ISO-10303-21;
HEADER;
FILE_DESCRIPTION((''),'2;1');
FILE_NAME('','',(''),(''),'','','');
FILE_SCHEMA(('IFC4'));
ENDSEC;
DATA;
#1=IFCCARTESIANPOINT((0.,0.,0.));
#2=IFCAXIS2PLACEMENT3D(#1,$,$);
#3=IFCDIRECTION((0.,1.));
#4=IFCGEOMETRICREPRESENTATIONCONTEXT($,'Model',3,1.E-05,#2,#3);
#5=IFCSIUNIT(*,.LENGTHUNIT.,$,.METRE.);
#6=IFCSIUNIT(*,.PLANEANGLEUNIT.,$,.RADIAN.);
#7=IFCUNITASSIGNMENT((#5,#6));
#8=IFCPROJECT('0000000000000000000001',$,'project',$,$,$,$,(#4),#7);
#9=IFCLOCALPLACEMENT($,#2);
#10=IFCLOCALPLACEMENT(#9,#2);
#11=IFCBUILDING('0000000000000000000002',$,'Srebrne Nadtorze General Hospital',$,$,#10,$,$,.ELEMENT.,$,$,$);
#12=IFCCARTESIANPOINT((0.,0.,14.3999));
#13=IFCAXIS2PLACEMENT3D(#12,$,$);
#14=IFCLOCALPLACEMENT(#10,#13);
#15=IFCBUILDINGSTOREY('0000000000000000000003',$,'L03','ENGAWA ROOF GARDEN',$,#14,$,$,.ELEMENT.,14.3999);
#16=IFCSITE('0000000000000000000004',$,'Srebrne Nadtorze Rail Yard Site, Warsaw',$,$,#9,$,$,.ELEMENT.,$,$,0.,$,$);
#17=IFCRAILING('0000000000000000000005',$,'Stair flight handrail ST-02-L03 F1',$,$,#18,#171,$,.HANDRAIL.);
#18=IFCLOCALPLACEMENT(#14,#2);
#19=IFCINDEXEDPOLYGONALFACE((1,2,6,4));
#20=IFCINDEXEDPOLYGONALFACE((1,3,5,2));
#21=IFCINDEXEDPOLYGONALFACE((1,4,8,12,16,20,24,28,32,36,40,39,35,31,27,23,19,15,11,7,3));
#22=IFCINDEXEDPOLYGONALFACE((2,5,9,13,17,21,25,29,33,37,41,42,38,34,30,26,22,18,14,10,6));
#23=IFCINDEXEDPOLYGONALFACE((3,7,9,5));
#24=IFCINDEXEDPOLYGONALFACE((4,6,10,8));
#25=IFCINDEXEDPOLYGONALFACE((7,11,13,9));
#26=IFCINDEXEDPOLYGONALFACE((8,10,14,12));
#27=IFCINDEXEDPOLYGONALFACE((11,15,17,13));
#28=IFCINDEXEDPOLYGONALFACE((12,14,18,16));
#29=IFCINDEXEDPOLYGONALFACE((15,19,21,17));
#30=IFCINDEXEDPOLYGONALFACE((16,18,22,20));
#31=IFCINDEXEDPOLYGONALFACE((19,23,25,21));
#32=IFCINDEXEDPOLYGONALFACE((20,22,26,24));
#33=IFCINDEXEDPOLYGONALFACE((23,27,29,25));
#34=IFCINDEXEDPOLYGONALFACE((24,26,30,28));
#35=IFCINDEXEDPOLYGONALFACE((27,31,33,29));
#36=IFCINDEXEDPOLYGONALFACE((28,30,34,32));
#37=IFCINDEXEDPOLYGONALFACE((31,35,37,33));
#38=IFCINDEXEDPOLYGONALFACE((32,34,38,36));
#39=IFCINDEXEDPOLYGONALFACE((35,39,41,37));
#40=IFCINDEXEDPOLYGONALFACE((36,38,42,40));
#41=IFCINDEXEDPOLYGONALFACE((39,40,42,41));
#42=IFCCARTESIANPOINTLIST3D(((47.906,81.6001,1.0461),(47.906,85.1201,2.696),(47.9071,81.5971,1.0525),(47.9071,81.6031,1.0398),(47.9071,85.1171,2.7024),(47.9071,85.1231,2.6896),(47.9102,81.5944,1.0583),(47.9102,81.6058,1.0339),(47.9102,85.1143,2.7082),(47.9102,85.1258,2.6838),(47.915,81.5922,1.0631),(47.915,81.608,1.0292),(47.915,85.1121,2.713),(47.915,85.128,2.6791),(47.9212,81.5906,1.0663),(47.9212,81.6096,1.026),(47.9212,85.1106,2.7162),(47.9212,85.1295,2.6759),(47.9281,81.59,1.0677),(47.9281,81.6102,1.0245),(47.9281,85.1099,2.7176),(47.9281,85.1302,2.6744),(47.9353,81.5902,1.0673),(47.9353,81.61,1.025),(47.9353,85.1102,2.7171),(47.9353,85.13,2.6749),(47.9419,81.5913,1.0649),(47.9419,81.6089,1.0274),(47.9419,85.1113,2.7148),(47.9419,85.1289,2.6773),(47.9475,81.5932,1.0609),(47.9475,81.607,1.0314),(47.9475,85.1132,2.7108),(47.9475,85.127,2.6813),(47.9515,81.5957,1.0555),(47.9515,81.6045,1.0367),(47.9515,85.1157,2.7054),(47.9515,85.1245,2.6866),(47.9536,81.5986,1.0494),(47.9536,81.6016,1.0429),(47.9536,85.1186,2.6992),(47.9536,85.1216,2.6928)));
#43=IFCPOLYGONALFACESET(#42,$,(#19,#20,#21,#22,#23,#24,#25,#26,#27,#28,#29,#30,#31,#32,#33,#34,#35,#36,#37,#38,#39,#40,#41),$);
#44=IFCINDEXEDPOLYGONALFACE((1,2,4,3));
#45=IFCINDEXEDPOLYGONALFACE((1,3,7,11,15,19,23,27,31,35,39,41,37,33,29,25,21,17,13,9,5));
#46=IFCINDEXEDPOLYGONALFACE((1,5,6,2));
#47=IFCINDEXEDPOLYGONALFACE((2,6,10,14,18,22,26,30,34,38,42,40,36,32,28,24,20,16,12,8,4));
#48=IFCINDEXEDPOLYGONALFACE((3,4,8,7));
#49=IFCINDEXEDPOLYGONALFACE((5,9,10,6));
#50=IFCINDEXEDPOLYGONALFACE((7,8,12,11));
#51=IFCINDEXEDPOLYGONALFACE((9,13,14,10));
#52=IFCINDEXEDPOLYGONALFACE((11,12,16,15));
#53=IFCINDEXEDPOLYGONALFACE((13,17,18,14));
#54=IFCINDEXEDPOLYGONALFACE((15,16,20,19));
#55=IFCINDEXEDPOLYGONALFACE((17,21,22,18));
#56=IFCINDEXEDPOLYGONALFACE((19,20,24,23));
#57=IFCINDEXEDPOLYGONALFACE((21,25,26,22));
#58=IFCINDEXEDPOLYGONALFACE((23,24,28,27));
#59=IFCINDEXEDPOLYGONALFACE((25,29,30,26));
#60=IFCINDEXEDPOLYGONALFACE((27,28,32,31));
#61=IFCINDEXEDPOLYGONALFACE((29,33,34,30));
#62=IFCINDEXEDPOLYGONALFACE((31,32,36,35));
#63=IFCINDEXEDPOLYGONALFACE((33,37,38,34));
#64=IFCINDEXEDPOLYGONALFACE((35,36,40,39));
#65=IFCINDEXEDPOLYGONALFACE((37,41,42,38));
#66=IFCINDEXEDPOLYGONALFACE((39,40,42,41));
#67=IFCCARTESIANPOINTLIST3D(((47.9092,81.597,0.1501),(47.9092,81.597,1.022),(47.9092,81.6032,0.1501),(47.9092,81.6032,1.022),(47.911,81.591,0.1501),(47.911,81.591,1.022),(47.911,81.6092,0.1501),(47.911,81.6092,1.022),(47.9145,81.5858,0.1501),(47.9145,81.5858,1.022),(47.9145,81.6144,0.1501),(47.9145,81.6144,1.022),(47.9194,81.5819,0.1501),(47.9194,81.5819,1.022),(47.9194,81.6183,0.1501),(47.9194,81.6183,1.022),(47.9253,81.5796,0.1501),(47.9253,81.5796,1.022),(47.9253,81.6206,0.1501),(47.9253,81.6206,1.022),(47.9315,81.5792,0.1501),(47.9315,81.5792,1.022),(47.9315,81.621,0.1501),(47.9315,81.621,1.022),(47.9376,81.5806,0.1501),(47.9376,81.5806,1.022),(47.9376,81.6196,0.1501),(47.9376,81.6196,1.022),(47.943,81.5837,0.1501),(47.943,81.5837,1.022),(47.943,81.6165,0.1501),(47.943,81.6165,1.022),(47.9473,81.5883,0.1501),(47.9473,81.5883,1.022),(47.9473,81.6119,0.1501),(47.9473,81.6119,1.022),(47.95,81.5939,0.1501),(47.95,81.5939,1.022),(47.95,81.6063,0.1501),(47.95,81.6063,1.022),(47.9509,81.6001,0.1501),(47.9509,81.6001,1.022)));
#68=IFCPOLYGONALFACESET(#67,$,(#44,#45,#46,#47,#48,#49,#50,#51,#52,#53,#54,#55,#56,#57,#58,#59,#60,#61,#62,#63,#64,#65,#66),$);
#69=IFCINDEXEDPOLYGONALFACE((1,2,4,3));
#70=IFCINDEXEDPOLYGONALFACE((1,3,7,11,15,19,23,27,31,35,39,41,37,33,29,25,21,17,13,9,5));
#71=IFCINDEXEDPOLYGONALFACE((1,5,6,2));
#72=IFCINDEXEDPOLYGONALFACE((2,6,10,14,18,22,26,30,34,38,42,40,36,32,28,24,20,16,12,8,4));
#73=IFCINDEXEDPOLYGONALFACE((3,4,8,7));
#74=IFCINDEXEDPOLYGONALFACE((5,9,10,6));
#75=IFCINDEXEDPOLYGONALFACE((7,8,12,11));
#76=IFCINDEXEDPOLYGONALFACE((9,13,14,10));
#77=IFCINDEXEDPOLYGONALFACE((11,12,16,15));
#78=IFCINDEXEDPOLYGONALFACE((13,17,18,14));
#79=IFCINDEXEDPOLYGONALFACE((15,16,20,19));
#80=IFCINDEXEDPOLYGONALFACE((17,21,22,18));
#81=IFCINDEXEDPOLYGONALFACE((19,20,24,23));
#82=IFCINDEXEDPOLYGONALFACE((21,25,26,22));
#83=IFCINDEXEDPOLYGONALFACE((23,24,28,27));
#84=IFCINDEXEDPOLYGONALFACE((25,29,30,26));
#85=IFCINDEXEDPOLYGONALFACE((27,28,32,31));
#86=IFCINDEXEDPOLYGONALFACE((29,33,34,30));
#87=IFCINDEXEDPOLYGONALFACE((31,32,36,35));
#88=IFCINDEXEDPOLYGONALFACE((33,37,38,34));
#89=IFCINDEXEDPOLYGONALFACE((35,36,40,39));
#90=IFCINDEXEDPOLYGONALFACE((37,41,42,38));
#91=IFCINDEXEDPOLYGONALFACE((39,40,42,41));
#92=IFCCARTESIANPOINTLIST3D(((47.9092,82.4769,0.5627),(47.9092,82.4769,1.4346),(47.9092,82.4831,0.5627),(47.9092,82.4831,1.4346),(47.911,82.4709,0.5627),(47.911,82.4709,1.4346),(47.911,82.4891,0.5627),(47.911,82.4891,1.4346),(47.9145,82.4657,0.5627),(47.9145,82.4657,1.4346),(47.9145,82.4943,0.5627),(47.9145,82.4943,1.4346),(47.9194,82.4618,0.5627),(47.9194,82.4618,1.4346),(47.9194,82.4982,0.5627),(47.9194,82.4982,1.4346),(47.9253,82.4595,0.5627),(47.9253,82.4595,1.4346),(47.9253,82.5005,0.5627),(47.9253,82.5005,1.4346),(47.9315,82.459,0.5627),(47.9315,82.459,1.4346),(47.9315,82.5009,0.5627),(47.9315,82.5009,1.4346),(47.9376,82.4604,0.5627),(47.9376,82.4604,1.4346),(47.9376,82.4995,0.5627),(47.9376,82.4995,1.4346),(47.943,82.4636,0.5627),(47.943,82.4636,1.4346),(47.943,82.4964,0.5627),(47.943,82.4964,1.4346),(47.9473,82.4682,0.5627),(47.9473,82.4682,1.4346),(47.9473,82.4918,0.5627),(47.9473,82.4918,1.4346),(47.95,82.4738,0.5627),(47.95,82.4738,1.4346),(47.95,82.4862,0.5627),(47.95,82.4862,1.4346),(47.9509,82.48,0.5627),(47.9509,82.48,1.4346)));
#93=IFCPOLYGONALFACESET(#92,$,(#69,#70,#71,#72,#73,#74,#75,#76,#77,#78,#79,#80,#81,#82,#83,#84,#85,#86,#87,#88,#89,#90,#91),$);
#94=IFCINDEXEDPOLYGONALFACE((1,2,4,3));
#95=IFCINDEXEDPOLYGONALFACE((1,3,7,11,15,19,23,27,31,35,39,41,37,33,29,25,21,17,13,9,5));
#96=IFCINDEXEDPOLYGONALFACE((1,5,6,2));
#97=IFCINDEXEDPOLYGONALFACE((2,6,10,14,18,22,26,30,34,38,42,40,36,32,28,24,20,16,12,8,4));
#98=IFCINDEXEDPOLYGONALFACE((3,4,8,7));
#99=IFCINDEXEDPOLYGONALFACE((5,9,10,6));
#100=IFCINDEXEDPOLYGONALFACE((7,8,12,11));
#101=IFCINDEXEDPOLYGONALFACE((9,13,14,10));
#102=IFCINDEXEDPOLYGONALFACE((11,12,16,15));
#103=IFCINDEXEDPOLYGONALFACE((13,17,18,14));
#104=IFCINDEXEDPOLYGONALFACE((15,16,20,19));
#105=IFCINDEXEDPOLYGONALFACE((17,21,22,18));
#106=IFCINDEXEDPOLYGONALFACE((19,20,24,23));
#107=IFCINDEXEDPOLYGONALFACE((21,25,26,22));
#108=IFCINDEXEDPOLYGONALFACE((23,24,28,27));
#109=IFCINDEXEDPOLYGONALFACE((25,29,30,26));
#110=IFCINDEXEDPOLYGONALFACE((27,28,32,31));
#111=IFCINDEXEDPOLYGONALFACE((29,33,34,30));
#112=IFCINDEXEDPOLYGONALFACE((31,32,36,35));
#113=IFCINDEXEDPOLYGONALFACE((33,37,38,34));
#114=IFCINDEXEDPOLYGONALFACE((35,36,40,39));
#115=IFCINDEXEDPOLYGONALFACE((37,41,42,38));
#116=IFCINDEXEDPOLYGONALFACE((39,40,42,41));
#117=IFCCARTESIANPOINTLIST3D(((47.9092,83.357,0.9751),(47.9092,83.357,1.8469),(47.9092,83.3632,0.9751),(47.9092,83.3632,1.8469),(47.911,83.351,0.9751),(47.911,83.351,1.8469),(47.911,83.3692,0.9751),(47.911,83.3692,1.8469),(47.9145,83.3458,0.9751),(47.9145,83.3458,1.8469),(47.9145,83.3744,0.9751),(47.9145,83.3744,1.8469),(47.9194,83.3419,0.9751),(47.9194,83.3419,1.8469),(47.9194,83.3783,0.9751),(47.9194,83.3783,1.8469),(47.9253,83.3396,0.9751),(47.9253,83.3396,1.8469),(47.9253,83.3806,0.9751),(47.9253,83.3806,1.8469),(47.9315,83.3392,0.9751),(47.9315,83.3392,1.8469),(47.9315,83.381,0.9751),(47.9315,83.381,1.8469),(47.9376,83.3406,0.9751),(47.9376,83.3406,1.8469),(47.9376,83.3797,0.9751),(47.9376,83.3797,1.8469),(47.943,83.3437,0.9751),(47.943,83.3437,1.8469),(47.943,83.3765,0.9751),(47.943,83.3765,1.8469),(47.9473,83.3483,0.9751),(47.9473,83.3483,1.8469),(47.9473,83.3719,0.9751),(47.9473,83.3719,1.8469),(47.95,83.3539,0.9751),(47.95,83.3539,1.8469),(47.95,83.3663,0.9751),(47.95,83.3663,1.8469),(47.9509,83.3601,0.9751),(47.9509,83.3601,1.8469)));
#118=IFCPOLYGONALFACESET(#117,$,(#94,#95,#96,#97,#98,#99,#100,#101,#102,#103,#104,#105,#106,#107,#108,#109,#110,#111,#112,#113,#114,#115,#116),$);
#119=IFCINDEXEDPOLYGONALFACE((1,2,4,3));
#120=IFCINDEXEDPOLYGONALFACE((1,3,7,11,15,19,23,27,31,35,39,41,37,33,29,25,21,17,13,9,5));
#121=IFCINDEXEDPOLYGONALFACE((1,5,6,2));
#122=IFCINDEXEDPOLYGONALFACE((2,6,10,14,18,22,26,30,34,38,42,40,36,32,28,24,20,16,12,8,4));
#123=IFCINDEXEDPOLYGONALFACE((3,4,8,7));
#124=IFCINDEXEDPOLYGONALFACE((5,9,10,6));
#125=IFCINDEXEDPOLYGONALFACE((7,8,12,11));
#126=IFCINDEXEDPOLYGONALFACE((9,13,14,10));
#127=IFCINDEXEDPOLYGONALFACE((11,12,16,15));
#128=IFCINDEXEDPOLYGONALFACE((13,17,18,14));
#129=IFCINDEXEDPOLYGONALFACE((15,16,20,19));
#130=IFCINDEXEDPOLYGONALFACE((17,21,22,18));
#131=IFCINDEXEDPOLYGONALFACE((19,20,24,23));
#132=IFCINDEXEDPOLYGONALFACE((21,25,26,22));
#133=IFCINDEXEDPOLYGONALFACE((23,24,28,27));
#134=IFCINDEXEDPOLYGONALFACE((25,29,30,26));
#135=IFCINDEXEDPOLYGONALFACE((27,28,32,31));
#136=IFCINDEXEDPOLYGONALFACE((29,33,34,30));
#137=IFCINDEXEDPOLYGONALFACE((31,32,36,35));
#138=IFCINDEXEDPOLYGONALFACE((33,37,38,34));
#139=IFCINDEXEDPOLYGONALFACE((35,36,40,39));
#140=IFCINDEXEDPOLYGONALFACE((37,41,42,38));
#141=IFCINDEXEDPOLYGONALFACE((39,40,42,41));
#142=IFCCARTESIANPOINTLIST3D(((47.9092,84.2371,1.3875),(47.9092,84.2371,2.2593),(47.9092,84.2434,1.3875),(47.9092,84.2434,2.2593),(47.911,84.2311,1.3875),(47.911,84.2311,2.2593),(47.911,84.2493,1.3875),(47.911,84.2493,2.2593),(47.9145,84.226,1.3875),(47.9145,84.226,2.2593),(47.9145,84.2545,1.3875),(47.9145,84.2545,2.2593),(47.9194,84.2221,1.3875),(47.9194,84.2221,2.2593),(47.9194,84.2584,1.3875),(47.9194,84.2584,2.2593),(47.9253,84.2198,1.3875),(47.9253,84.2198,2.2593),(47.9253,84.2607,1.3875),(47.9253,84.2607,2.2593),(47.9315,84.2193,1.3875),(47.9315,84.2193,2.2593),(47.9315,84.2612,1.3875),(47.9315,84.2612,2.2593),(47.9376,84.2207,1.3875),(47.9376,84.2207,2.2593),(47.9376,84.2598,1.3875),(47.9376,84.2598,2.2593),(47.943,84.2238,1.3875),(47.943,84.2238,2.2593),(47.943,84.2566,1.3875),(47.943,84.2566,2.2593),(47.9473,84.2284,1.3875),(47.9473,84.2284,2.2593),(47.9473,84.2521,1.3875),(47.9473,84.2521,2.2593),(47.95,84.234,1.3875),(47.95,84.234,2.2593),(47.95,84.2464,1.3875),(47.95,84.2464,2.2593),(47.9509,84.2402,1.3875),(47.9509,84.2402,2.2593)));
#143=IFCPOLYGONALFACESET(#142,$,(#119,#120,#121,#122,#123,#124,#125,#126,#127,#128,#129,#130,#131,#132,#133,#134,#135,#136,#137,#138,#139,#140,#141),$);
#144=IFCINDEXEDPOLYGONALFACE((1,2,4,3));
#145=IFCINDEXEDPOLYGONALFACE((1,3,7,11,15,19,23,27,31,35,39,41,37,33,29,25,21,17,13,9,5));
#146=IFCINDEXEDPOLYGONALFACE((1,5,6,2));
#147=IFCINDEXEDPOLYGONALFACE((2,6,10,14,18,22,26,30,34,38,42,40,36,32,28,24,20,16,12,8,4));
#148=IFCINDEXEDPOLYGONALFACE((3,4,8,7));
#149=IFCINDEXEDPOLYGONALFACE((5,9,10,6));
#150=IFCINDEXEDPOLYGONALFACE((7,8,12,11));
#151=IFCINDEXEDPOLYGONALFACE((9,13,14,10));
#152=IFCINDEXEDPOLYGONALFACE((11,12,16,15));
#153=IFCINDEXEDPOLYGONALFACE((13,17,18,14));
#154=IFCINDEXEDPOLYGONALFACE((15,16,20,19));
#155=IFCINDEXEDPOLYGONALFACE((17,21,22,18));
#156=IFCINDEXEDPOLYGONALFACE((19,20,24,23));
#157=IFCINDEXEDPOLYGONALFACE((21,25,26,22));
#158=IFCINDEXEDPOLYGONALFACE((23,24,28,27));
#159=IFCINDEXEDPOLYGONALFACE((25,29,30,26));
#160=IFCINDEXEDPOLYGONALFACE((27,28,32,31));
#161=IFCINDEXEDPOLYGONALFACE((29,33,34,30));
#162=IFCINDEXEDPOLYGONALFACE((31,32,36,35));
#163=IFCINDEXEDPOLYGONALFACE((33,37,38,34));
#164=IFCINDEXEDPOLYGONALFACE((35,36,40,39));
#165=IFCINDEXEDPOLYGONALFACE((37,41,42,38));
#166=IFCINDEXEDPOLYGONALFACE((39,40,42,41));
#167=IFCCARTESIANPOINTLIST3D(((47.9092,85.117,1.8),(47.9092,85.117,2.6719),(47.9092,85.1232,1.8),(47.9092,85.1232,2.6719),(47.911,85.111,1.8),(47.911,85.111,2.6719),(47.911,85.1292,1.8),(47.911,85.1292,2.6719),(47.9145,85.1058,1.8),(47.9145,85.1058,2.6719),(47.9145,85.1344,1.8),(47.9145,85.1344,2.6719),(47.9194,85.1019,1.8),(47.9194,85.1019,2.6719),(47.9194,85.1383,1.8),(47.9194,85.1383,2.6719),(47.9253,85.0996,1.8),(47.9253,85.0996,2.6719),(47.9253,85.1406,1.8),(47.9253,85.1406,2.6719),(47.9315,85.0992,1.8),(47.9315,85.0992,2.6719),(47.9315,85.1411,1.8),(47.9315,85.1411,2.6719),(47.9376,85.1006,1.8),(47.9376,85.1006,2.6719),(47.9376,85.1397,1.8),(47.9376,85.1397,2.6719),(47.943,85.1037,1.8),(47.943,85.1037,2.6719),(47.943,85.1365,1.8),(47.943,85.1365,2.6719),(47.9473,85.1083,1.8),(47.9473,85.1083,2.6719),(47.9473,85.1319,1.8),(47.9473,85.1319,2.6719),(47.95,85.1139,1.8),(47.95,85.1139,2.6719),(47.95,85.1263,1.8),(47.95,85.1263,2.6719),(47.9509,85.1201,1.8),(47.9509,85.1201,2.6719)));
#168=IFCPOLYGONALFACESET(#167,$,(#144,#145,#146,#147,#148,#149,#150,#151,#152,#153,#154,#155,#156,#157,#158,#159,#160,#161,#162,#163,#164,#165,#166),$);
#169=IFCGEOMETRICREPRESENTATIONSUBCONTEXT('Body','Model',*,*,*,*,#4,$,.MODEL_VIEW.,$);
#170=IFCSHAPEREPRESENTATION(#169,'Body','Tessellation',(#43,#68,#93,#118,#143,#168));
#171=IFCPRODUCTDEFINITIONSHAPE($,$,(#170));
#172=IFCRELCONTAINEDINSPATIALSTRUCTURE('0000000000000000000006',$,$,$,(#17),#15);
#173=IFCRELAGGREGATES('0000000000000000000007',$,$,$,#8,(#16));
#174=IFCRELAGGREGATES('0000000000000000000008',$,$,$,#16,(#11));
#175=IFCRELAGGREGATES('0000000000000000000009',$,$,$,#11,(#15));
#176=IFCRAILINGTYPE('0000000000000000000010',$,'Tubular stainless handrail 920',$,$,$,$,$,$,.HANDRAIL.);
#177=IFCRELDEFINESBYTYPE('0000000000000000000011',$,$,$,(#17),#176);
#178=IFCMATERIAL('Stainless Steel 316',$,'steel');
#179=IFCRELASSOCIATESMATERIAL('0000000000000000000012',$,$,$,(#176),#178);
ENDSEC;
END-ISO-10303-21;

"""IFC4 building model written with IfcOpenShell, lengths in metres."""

from ifc_helpers import new_model, si_unit, direction, frame, origin, origin_2d, place, context, subcontext, project, spatial, circle, extrude, material, type_object, element, save


model = new_model("IFC4")

# Units and contexts
model_context = context("Model", 3, precision=1e-05, world=origin(), true_north=direction((0.0, 1.0)))
body_context = subcontext(model_context, "Body", "Model", "MODEL_VIEW")
ifc_project = project(units=[si_unit("LENGTHUNIT", "METRE"), si_unit("PLANEANGLEUNIT", "RADIAN")], contexts=[model_context])

# Site, building, storey
site_placement = place(None, origin())
site = spatial("IfcSite", under=ifc_project, at=site_placement, Name="Srebrne Nadtorze Rail Yard Site, Warsaw", CompositionType="ELEMENT", RefElevation=0.0)
building_placement = place(site_placement, origin())
building = spatial("IfcBuilding", under=site, at=building_placement, Name="Srebrne Nadtorze General Hospital", CompositionType="ELEMENT")
storey_placement = place(building_placement, frame((0.0, 0.0, 14.3999)))
storey = spatial("IfcBuildingStorey", under=building, at=storey_placement, Name="L03", Description="ENGAWA ROOF GARDEN", CompositionType="ELEMENT", Elevation=14.3999)

# Railing
ifc_material_1 = material(Name="Stainless Steel 316", Category="steel")
railing_type = type_object("IfcRailingType", Name="Tubular stainless handrail 920", PredefinedType="HANDRAIL", material=ifc_material_1)
railing_placement = place(storey_placement, frame((47.9299, 81.6001, 0.1501)))
element("IfcRailing", 1, at=railing_placement, inside=storey, type_object=railing_type, Name="Stair flight handrail ST-02-L03 F1", PredefinedType="HANDRAIL", context=body_context, shape_type="SweptSolid", body=[
    extrude(circle(Radius=0.0239, at=origin_2d()), frame((0.0, 0.0, 0.896), z_axis=(0.0, 0.905469, 0.424411), x_axis=(-1.0, 0.0, 0.0)), (0.0, 0.0, 1.0), 3.8875),
    extrude(circle(Radius=0.021, at=origin_2d()), origin(), (0.0, 0.0, 1.0), 0.8718),
    extrude(circle(Radius=0.021, at=origin_2d()), frame((0.0, 0.8799, 0.4126)), (0.0, 0.0, 1.0), 0.8718),
    extrude(circle(Radius=0.021, at=origin_2d()), frame((0.0, 1.76, 0.825)), (0.0, 0.0, 1.0), 0.8718),
    extrude(circle(Radius=0.021, at=origin_2d()), frame((0.0, 2.6401, 1.2373)), (0.0, 0.0, 1.0), 0.8718),
    extrude(circle(Radius=0.021, at=origin_2d()), frame((0.0, 3.52, 1.6499)), (0.0, 0.0, 1.0), 0.8718),
])

save(model, "model.ifc")
